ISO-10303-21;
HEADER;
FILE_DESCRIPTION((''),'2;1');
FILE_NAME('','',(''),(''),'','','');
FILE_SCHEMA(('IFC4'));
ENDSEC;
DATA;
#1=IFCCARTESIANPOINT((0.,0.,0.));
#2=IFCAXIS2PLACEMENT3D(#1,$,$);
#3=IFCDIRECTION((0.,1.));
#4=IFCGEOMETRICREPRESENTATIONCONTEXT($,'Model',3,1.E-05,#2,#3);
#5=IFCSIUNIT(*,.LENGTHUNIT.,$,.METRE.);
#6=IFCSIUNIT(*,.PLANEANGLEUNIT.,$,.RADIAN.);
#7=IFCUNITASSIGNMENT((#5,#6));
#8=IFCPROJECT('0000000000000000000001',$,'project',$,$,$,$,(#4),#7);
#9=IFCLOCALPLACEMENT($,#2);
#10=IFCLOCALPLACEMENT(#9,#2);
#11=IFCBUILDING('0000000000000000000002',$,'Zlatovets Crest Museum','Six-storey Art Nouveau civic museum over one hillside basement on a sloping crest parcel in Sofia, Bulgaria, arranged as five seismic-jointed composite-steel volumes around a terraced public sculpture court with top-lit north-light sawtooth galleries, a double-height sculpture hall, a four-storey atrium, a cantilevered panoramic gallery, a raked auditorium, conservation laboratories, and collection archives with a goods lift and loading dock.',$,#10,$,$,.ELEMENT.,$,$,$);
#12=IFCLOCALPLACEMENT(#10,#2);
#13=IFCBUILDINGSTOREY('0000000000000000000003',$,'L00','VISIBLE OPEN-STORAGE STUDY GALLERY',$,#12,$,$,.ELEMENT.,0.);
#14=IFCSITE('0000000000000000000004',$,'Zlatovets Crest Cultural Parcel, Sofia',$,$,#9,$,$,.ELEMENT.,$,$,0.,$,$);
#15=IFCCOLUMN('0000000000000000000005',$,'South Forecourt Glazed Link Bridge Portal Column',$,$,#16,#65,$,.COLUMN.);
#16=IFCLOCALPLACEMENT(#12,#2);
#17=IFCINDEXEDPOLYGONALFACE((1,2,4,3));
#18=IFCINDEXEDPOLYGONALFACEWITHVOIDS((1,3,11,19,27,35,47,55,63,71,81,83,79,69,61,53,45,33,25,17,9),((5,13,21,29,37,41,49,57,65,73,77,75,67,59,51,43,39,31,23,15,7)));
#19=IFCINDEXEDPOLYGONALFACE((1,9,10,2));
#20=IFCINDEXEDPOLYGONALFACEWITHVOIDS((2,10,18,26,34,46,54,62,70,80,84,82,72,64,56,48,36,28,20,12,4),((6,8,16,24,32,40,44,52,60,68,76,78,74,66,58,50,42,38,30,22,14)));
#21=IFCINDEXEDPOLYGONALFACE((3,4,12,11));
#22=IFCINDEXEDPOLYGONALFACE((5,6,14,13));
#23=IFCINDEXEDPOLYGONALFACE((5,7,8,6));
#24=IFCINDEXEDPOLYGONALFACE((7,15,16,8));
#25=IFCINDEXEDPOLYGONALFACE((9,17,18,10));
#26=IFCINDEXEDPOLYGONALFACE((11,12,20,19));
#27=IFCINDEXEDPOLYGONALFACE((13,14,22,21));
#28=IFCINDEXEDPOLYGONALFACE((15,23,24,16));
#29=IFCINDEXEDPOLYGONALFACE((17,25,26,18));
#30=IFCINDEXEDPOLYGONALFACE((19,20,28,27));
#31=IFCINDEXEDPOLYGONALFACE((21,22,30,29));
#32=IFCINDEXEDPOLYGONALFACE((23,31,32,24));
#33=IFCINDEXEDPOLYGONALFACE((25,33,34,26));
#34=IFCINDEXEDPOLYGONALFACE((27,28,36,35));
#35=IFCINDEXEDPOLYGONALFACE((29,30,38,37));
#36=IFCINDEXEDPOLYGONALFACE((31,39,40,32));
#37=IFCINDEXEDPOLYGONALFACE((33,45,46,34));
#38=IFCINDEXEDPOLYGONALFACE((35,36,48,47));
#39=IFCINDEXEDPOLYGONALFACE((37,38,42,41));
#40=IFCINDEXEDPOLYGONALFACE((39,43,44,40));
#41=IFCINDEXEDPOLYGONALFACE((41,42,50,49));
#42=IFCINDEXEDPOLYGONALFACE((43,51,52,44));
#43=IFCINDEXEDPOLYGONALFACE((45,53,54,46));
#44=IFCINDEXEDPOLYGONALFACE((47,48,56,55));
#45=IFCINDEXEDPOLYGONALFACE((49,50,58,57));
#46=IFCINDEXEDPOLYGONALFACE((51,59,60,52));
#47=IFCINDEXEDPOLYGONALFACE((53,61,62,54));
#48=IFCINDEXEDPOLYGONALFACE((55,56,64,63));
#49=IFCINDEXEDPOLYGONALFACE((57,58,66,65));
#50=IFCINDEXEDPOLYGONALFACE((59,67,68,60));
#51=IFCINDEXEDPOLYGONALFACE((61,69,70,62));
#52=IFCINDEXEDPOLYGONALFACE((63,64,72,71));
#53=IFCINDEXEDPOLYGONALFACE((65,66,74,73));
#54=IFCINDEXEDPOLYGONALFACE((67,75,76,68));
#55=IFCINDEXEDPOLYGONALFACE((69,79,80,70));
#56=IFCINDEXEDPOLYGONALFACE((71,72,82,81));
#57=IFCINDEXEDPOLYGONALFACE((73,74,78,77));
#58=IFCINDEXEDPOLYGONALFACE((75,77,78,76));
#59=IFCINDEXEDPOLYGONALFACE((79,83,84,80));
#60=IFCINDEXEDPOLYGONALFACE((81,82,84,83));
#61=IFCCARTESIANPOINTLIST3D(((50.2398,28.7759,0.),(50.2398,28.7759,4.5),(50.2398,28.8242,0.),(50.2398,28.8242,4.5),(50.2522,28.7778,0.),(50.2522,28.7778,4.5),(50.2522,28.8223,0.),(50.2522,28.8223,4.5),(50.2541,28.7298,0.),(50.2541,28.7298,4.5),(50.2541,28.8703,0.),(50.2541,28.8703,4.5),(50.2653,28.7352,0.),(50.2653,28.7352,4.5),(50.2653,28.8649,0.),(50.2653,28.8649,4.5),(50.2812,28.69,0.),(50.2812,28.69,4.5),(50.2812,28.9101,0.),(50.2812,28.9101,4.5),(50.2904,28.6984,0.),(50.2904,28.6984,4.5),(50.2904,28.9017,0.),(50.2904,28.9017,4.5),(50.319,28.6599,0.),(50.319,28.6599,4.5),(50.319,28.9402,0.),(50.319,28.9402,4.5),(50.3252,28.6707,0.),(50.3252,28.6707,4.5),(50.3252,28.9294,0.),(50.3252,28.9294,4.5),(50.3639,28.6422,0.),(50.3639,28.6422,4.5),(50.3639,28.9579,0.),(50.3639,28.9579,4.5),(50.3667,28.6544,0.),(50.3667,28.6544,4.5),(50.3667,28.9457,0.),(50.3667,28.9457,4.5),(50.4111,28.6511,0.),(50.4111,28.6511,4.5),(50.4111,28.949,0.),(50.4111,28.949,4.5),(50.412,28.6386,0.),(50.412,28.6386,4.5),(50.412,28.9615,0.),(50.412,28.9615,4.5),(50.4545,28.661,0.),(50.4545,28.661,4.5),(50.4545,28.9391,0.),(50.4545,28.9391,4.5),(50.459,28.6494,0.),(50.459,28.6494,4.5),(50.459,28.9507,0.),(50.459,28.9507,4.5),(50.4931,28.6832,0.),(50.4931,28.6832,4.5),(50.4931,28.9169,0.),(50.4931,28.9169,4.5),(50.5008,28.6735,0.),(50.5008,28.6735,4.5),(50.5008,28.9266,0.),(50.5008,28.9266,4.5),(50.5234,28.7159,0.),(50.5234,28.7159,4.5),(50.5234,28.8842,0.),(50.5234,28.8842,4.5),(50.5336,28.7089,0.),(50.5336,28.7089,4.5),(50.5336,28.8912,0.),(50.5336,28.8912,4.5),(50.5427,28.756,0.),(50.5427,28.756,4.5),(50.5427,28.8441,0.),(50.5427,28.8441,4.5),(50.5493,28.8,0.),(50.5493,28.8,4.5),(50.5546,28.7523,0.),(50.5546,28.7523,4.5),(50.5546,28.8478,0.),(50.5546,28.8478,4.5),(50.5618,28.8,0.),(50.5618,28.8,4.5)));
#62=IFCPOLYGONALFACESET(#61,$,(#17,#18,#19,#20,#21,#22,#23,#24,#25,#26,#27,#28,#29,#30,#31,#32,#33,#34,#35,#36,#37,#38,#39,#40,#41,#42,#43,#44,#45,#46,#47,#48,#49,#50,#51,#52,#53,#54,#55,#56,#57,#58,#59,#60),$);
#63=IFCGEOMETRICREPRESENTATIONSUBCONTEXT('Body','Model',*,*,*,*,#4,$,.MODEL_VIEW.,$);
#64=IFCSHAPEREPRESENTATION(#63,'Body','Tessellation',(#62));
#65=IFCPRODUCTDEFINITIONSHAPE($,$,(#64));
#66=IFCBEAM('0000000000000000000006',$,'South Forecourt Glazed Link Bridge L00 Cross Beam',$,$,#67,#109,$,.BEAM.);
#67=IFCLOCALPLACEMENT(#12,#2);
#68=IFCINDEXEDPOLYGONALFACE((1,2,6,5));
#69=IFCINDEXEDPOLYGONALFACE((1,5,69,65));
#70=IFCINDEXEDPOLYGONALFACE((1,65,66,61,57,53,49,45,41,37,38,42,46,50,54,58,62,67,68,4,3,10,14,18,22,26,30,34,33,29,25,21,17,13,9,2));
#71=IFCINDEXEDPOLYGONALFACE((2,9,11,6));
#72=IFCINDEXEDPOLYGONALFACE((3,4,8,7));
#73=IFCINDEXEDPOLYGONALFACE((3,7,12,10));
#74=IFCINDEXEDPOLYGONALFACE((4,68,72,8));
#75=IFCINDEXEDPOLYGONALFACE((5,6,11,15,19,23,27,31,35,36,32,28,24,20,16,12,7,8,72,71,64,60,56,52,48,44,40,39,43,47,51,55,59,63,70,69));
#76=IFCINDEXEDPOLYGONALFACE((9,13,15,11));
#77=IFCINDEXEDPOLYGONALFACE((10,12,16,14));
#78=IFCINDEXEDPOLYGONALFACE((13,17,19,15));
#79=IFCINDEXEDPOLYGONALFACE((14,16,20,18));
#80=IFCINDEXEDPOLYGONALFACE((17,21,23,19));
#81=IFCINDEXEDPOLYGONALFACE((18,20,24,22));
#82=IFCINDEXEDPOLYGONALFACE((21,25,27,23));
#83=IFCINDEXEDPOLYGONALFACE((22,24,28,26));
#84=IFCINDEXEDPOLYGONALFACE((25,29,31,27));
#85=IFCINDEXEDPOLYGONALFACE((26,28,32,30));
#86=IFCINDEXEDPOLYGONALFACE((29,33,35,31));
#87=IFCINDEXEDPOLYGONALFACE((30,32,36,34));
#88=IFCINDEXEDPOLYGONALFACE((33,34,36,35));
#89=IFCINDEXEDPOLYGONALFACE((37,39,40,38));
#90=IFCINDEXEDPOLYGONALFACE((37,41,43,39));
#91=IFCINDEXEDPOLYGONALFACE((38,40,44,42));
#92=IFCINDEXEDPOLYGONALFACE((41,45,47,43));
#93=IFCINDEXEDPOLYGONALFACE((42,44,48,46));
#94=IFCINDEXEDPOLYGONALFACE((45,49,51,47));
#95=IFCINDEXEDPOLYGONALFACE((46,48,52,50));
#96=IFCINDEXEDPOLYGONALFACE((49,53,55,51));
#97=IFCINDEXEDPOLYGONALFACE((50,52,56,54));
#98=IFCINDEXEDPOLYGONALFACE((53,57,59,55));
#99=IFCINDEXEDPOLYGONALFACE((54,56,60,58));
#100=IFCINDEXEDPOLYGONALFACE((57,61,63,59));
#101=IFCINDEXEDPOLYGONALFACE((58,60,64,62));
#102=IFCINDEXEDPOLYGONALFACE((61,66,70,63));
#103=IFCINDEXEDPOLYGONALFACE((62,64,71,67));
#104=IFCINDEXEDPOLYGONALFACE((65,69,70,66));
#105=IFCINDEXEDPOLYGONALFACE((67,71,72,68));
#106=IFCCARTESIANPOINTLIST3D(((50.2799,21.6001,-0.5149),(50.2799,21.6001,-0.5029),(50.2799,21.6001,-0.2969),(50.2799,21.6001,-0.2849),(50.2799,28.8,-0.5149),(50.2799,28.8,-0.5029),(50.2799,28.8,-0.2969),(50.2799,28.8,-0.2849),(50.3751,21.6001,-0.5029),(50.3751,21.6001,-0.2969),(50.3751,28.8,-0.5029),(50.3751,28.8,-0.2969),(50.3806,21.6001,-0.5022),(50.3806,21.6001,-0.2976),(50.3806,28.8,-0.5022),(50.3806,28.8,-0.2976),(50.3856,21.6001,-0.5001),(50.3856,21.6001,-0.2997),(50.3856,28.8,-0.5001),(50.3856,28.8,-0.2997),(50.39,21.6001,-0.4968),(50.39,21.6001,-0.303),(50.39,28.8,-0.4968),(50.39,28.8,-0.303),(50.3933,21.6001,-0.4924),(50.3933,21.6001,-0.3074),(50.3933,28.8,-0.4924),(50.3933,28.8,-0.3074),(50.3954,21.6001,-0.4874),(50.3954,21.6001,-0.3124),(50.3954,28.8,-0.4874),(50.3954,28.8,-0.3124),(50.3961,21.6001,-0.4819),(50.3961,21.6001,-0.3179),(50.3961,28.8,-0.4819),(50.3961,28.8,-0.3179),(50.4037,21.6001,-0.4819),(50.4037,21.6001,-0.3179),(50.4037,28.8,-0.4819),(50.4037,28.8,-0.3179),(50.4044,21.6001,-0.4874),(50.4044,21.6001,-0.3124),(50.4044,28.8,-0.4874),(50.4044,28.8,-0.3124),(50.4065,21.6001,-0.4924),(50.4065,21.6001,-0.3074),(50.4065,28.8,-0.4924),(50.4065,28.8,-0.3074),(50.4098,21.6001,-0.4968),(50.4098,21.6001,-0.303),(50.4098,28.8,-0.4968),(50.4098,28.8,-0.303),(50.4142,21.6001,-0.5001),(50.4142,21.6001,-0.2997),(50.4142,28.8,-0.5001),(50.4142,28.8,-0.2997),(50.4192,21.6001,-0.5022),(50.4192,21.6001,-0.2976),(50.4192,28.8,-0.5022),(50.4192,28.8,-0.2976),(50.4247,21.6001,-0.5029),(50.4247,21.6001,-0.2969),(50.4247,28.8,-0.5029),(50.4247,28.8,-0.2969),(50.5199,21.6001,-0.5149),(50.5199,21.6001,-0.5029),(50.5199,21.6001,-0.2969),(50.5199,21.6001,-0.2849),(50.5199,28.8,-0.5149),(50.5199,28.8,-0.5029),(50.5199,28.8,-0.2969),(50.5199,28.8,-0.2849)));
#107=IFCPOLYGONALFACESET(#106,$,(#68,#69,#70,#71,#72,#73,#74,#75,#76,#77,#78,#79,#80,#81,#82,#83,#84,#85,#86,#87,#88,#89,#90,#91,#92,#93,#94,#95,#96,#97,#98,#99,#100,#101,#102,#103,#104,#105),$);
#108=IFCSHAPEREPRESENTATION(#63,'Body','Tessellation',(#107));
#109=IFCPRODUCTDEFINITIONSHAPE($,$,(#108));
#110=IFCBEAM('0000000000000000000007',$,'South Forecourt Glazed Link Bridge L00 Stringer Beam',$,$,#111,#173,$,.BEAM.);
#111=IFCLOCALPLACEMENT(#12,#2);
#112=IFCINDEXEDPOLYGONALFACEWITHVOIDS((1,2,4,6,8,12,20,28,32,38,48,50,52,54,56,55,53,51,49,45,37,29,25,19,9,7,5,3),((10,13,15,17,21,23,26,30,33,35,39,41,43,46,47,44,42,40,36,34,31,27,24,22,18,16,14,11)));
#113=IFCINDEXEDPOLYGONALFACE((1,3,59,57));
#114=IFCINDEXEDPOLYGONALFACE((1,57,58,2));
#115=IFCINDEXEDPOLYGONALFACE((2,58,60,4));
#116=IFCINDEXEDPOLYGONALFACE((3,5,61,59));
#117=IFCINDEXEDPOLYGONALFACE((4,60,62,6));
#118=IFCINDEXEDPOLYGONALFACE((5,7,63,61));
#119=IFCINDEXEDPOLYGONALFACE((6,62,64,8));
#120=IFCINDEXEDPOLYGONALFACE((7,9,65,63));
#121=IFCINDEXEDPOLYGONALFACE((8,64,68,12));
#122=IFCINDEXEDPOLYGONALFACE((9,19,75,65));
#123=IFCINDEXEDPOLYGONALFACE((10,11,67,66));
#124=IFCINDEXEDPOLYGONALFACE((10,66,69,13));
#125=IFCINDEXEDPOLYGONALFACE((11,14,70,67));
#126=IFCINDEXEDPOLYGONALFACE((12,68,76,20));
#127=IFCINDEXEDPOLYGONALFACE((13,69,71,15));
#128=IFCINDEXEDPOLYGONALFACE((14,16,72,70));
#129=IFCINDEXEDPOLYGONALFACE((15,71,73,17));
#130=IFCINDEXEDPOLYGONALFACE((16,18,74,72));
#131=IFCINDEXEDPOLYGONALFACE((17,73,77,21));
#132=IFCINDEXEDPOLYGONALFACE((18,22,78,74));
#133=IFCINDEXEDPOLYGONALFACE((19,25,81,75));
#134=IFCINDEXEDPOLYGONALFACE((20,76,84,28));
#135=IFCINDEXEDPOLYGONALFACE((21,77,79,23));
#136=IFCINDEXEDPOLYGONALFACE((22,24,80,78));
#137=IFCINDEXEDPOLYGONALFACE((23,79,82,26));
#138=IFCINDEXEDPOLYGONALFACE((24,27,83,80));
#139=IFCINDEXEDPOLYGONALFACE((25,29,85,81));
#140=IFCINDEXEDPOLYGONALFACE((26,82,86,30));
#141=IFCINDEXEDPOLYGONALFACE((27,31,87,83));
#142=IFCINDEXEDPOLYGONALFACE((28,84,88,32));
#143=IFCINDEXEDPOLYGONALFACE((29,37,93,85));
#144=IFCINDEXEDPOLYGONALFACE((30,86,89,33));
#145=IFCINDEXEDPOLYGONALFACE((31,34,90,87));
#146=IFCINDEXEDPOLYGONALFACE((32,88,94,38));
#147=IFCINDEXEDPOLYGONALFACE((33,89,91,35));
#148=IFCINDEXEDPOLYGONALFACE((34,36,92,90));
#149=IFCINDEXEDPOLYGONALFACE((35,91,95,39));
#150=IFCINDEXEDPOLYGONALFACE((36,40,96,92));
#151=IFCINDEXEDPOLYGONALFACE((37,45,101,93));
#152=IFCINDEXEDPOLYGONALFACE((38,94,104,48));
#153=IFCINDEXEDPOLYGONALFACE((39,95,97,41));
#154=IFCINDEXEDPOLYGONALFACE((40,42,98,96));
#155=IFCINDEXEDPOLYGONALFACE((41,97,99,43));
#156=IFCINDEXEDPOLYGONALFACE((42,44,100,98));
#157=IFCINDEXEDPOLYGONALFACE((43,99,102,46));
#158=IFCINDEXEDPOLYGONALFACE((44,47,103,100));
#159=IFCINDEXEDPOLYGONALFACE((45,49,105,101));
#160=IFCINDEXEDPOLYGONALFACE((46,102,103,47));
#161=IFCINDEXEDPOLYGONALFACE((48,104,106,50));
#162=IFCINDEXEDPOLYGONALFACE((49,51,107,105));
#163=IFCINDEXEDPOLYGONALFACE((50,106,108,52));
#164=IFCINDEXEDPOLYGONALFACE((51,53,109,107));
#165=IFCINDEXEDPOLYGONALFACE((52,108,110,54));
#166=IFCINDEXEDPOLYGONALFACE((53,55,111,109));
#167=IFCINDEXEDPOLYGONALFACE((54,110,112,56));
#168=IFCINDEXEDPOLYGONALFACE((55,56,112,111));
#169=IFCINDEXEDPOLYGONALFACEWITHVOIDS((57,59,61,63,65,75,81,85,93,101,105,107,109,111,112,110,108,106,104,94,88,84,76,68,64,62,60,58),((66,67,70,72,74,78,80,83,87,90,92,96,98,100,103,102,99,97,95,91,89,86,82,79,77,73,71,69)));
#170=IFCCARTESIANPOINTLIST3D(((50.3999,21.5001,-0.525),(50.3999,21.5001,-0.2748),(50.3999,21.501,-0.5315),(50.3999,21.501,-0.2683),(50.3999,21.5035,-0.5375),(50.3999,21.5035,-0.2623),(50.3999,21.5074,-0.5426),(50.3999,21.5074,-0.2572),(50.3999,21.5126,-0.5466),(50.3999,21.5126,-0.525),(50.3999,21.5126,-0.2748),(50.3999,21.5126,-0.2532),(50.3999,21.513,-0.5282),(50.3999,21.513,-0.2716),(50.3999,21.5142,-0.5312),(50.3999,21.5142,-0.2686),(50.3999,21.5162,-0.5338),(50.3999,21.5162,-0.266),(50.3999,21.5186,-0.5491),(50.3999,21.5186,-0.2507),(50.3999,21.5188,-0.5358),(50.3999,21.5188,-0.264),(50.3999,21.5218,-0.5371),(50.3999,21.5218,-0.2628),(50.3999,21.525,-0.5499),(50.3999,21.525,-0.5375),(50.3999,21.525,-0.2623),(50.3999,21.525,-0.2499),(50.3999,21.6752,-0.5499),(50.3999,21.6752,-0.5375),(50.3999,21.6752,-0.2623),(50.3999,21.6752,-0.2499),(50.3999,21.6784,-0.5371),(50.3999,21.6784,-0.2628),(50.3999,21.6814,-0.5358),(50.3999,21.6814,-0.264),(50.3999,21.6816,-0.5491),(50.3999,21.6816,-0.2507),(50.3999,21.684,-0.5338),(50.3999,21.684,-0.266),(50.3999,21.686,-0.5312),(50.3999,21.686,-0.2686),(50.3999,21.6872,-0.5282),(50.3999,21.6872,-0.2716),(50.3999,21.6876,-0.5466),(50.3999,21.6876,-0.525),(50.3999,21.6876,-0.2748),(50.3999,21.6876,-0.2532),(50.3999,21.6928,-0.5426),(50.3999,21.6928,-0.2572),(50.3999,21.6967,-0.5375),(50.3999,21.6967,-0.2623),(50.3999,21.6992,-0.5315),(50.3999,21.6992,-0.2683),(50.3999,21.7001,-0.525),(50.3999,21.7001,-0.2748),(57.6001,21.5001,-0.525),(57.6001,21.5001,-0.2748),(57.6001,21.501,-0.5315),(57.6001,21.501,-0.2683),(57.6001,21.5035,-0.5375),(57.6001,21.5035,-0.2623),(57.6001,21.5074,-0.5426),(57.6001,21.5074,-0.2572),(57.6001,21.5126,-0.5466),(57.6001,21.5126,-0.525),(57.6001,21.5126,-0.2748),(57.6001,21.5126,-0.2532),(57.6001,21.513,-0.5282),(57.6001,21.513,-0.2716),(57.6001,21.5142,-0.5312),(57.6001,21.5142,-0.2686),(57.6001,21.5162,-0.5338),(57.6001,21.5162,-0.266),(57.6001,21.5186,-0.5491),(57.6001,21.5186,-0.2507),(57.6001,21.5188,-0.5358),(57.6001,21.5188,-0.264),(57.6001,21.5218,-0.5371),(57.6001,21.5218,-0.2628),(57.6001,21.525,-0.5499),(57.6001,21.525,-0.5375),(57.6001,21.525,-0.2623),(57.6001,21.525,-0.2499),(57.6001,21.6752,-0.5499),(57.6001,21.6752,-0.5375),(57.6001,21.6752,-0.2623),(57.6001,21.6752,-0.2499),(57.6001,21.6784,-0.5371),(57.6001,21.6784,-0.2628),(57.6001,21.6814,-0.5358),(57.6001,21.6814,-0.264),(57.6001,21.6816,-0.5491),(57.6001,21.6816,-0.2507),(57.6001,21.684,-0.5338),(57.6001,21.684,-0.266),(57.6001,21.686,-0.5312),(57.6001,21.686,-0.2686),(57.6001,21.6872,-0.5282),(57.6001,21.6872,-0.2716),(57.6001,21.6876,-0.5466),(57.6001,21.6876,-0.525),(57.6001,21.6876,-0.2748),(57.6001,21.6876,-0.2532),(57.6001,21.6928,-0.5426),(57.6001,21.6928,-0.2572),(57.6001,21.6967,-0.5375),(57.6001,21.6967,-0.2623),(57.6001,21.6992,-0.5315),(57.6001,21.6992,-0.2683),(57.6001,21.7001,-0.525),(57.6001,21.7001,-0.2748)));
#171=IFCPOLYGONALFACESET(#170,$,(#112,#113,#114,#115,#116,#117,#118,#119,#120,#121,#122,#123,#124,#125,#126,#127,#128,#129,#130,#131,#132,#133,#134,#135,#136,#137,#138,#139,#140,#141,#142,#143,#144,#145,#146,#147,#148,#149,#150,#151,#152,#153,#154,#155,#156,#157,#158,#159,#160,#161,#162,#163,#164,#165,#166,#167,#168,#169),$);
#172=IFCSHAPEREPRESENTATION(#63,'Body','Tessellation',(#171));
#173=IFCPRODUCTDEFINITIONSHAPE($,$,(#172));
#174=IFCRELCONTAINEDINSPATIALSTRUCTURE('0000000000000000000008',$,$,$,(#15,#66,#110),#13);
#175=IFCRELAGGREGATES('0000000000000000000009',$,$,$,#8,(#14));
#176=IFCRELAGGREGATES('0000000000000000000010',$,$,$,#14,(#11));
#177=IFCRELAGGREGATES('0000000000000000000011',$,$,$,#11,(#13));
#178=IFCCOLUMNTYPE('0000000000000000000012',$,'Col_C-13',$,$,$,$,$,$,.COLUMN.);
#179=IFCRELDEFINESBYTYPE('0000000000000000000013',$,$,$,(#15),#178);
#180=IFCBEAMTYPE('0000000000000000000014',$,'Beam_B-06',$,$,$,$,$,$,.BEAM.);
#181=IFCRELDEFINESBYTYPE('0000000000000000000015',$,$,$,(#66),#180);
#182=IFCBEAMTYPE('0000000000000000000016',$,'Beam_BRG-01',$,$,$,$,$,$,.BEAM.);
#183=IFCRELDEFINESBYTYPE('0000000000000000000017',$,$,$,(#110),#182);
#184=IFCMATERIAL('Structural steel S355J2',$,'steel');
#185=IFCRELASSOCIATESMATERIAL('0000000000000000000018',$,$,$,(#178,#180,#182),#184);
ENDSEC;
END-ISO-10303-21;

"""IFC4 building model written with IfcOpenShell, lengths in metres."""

from ifc_helpers import new_model, si_unit, direction, frame, origin, origin_2d, place, context, subcontext, project, spatial, hollow_rectangle, hollow_circle, i_section, extrude, material, material_profile, profile_set, type_object, element, save


model = new_model("IFC4")

# Units and contexts
model_context = context("Model", 3, precision=1e-05, world=origin(), true_north=direction((0.0, 1.0)))
body_context = subcontext(model_context, "Body", "Model", "MODEL_VIEW")
ifc_project = project(units=[si_unit("LENGTHUNIT", "METRE"), si_unit("PLANEANGLEUNIT", "RADIAN")], contexts=[model_context])

# Site, building, storey
site_placement = place(None, origin())
site = spatial("IfcSite", under=ifc_project, at=site_placement, Name="Zlatovets Crest Cultural Parcel, Sofia", CompositionType="ELEMENT", RefElevation=0.0)
building_placement = place(site_placement, origin())
building = spatial("IfcBuilding", under=site, at=building_placement, Name="Zlatovets Crest Museum", Description="Six-storey Art Nouveau civic museum over one hillside basement on a sloping crest parcel in Sofia, Bulgaria, arranged as five seismic-jointed composite-steel volumes around a terraced public sculpture court with top-lit north-light sawtooth galleries, a double-height sculpture hall, a four-storey atrium, a cantilevered panoramic gallery, a raked auditorium, conservation laboratories, and collection archives with a goods lift and loading dock.", CompositionType="ELEMENT")
storey_placement = place(building_placement, origin())
storey = spatial("IfcBuildingStorey", under=building, at=storey_placement, Name="L00", Description="VISIBLE OPEN-STORAGE STUDY GALLERY", CompositionType="ELEMENT", Elevation=0.0)

# Column
ifc_material_1 = material(Name="Structural steel S355J2", Category="steel")
ifc_material_profile_1 = material_profile(ifc_material_1, hollow_circle(Radius=0.1619, WallThickness=0.0125, at=origin_2d()), Name="CHS 323.9x12.5")
ifc_profile_set_1 = profile_set([ifc_material_profile_1], Name="Structural steel S355J2")
column_type = type_object("IfcColumnType", Name="Col_C-13", PredefinedType="COLUMN", material=ifc_profile_set_1)
column_placement = place(storey_placement, frame((50.3999, 28.8, 0.0), z_axis=(0.0, 0.0, 1.0), x_axis=(1.0, 0.0, 0.0)))
element("IfcColumn", 1, at=column_placement, inside=storey, type_object=column_type, Name="South Forecourt Glazed Link Bridge Portal Column", PredefinedType="COLUMN", context=body_context, shape_type="SweptSolid", body=[
    extrude(hollow_circle(Radius=0.1619, WallThickness=0.0125, at=origin_2d()), origin(), (0.0, 0.0, 1.0), 4.5),
])

# Beams
ifc_material_profile_2 = material_profile(ifc_material_1, i_section(OverallWidth=0.24, OverallDepth=0.23, WebThickness=0.0076, FlangeThickness=0.012, FilletRadius=0.021, at=origin_2d()), Name="HEA 240")
ifc_profile_set_2 = profile_set([ifc_material_profile_2], Name="Structural steel S355J2")
beam_type_1 = type_object("IfcBeamType", Name="Beam_B-06", PredefinedType="BEAM", material=ifc_profile_set_2)
beam_placement = place(storey_placement, frame((50.3999, 21.6001, -0.3999), z_axis=(0.0, 1.0, 0.0), x_axis=(-1.0, 0.0, 0.0)))
element("IfcBeam", 2, at=beam_placement, inside=storey, type_object=beam_type_1, Name="South Forecourt Glazed Link Bridge L00 Cross Beam", PredefinedType="BEAM", context=body_context, shape_type="SweptSolid", body=[
    extrude(i_section(OverallWidth=0.24, OverallDepth=0.23, WebThickness=0.0076, FlangeThickness=0.012, FilletRadius=0.021, at=origin_2d()), origin(), (0.0, 0.0, 1.0), 7.2),
])
ifc_material_profile_3 = material_profile(ifc_material_1, hollow_rectangle(XDim=0.2, YDim=0.3, WallThickness=0.0125, InnerFilletRadius=0.0125, OuterFilletRadius=0.0249, at=origin_2d()), Name="RHS 200x300x12.5")
ifc_profile_set_3 = profile_set([ifc_material_profile_3], Name="Structural steel S355J2")
beam_type_2 = type_object("IfcBeamType", Name="Beam_BRG-01", PredefinedType="BEAM", material=ifc_profile_set_3)
for number, where, z_axis, x_axis, name in (
    (3, (50.3999, 21.6001, -0.3999), (1.0, 0.0, 0.0), (0.0, 1.0, 0.0), "South Forecourt Glazed Link Bridge L00 Stringer Beam"),
):
    element("IfcBeam", number, at=place(storey_placement, frame(where, z_axis=z_axis, x_axis=x_axis)), inside=storey, type_object=beam_type_2, Name=name, PredefinedType="BEAM", context=body_context, shape_type="SweptSolid", body=[
        extrude(hollow_rectangle(XDim=0.2, YDim=0.3, WallThickness=0.0125, InnerFilletRadius=0.0125, OuterFilletRadius=0.0249, at=origin_2d()), origin(), (0.0, 0.0, 1.0), 7.2002),
    ])

save(model, "model.ifc")
